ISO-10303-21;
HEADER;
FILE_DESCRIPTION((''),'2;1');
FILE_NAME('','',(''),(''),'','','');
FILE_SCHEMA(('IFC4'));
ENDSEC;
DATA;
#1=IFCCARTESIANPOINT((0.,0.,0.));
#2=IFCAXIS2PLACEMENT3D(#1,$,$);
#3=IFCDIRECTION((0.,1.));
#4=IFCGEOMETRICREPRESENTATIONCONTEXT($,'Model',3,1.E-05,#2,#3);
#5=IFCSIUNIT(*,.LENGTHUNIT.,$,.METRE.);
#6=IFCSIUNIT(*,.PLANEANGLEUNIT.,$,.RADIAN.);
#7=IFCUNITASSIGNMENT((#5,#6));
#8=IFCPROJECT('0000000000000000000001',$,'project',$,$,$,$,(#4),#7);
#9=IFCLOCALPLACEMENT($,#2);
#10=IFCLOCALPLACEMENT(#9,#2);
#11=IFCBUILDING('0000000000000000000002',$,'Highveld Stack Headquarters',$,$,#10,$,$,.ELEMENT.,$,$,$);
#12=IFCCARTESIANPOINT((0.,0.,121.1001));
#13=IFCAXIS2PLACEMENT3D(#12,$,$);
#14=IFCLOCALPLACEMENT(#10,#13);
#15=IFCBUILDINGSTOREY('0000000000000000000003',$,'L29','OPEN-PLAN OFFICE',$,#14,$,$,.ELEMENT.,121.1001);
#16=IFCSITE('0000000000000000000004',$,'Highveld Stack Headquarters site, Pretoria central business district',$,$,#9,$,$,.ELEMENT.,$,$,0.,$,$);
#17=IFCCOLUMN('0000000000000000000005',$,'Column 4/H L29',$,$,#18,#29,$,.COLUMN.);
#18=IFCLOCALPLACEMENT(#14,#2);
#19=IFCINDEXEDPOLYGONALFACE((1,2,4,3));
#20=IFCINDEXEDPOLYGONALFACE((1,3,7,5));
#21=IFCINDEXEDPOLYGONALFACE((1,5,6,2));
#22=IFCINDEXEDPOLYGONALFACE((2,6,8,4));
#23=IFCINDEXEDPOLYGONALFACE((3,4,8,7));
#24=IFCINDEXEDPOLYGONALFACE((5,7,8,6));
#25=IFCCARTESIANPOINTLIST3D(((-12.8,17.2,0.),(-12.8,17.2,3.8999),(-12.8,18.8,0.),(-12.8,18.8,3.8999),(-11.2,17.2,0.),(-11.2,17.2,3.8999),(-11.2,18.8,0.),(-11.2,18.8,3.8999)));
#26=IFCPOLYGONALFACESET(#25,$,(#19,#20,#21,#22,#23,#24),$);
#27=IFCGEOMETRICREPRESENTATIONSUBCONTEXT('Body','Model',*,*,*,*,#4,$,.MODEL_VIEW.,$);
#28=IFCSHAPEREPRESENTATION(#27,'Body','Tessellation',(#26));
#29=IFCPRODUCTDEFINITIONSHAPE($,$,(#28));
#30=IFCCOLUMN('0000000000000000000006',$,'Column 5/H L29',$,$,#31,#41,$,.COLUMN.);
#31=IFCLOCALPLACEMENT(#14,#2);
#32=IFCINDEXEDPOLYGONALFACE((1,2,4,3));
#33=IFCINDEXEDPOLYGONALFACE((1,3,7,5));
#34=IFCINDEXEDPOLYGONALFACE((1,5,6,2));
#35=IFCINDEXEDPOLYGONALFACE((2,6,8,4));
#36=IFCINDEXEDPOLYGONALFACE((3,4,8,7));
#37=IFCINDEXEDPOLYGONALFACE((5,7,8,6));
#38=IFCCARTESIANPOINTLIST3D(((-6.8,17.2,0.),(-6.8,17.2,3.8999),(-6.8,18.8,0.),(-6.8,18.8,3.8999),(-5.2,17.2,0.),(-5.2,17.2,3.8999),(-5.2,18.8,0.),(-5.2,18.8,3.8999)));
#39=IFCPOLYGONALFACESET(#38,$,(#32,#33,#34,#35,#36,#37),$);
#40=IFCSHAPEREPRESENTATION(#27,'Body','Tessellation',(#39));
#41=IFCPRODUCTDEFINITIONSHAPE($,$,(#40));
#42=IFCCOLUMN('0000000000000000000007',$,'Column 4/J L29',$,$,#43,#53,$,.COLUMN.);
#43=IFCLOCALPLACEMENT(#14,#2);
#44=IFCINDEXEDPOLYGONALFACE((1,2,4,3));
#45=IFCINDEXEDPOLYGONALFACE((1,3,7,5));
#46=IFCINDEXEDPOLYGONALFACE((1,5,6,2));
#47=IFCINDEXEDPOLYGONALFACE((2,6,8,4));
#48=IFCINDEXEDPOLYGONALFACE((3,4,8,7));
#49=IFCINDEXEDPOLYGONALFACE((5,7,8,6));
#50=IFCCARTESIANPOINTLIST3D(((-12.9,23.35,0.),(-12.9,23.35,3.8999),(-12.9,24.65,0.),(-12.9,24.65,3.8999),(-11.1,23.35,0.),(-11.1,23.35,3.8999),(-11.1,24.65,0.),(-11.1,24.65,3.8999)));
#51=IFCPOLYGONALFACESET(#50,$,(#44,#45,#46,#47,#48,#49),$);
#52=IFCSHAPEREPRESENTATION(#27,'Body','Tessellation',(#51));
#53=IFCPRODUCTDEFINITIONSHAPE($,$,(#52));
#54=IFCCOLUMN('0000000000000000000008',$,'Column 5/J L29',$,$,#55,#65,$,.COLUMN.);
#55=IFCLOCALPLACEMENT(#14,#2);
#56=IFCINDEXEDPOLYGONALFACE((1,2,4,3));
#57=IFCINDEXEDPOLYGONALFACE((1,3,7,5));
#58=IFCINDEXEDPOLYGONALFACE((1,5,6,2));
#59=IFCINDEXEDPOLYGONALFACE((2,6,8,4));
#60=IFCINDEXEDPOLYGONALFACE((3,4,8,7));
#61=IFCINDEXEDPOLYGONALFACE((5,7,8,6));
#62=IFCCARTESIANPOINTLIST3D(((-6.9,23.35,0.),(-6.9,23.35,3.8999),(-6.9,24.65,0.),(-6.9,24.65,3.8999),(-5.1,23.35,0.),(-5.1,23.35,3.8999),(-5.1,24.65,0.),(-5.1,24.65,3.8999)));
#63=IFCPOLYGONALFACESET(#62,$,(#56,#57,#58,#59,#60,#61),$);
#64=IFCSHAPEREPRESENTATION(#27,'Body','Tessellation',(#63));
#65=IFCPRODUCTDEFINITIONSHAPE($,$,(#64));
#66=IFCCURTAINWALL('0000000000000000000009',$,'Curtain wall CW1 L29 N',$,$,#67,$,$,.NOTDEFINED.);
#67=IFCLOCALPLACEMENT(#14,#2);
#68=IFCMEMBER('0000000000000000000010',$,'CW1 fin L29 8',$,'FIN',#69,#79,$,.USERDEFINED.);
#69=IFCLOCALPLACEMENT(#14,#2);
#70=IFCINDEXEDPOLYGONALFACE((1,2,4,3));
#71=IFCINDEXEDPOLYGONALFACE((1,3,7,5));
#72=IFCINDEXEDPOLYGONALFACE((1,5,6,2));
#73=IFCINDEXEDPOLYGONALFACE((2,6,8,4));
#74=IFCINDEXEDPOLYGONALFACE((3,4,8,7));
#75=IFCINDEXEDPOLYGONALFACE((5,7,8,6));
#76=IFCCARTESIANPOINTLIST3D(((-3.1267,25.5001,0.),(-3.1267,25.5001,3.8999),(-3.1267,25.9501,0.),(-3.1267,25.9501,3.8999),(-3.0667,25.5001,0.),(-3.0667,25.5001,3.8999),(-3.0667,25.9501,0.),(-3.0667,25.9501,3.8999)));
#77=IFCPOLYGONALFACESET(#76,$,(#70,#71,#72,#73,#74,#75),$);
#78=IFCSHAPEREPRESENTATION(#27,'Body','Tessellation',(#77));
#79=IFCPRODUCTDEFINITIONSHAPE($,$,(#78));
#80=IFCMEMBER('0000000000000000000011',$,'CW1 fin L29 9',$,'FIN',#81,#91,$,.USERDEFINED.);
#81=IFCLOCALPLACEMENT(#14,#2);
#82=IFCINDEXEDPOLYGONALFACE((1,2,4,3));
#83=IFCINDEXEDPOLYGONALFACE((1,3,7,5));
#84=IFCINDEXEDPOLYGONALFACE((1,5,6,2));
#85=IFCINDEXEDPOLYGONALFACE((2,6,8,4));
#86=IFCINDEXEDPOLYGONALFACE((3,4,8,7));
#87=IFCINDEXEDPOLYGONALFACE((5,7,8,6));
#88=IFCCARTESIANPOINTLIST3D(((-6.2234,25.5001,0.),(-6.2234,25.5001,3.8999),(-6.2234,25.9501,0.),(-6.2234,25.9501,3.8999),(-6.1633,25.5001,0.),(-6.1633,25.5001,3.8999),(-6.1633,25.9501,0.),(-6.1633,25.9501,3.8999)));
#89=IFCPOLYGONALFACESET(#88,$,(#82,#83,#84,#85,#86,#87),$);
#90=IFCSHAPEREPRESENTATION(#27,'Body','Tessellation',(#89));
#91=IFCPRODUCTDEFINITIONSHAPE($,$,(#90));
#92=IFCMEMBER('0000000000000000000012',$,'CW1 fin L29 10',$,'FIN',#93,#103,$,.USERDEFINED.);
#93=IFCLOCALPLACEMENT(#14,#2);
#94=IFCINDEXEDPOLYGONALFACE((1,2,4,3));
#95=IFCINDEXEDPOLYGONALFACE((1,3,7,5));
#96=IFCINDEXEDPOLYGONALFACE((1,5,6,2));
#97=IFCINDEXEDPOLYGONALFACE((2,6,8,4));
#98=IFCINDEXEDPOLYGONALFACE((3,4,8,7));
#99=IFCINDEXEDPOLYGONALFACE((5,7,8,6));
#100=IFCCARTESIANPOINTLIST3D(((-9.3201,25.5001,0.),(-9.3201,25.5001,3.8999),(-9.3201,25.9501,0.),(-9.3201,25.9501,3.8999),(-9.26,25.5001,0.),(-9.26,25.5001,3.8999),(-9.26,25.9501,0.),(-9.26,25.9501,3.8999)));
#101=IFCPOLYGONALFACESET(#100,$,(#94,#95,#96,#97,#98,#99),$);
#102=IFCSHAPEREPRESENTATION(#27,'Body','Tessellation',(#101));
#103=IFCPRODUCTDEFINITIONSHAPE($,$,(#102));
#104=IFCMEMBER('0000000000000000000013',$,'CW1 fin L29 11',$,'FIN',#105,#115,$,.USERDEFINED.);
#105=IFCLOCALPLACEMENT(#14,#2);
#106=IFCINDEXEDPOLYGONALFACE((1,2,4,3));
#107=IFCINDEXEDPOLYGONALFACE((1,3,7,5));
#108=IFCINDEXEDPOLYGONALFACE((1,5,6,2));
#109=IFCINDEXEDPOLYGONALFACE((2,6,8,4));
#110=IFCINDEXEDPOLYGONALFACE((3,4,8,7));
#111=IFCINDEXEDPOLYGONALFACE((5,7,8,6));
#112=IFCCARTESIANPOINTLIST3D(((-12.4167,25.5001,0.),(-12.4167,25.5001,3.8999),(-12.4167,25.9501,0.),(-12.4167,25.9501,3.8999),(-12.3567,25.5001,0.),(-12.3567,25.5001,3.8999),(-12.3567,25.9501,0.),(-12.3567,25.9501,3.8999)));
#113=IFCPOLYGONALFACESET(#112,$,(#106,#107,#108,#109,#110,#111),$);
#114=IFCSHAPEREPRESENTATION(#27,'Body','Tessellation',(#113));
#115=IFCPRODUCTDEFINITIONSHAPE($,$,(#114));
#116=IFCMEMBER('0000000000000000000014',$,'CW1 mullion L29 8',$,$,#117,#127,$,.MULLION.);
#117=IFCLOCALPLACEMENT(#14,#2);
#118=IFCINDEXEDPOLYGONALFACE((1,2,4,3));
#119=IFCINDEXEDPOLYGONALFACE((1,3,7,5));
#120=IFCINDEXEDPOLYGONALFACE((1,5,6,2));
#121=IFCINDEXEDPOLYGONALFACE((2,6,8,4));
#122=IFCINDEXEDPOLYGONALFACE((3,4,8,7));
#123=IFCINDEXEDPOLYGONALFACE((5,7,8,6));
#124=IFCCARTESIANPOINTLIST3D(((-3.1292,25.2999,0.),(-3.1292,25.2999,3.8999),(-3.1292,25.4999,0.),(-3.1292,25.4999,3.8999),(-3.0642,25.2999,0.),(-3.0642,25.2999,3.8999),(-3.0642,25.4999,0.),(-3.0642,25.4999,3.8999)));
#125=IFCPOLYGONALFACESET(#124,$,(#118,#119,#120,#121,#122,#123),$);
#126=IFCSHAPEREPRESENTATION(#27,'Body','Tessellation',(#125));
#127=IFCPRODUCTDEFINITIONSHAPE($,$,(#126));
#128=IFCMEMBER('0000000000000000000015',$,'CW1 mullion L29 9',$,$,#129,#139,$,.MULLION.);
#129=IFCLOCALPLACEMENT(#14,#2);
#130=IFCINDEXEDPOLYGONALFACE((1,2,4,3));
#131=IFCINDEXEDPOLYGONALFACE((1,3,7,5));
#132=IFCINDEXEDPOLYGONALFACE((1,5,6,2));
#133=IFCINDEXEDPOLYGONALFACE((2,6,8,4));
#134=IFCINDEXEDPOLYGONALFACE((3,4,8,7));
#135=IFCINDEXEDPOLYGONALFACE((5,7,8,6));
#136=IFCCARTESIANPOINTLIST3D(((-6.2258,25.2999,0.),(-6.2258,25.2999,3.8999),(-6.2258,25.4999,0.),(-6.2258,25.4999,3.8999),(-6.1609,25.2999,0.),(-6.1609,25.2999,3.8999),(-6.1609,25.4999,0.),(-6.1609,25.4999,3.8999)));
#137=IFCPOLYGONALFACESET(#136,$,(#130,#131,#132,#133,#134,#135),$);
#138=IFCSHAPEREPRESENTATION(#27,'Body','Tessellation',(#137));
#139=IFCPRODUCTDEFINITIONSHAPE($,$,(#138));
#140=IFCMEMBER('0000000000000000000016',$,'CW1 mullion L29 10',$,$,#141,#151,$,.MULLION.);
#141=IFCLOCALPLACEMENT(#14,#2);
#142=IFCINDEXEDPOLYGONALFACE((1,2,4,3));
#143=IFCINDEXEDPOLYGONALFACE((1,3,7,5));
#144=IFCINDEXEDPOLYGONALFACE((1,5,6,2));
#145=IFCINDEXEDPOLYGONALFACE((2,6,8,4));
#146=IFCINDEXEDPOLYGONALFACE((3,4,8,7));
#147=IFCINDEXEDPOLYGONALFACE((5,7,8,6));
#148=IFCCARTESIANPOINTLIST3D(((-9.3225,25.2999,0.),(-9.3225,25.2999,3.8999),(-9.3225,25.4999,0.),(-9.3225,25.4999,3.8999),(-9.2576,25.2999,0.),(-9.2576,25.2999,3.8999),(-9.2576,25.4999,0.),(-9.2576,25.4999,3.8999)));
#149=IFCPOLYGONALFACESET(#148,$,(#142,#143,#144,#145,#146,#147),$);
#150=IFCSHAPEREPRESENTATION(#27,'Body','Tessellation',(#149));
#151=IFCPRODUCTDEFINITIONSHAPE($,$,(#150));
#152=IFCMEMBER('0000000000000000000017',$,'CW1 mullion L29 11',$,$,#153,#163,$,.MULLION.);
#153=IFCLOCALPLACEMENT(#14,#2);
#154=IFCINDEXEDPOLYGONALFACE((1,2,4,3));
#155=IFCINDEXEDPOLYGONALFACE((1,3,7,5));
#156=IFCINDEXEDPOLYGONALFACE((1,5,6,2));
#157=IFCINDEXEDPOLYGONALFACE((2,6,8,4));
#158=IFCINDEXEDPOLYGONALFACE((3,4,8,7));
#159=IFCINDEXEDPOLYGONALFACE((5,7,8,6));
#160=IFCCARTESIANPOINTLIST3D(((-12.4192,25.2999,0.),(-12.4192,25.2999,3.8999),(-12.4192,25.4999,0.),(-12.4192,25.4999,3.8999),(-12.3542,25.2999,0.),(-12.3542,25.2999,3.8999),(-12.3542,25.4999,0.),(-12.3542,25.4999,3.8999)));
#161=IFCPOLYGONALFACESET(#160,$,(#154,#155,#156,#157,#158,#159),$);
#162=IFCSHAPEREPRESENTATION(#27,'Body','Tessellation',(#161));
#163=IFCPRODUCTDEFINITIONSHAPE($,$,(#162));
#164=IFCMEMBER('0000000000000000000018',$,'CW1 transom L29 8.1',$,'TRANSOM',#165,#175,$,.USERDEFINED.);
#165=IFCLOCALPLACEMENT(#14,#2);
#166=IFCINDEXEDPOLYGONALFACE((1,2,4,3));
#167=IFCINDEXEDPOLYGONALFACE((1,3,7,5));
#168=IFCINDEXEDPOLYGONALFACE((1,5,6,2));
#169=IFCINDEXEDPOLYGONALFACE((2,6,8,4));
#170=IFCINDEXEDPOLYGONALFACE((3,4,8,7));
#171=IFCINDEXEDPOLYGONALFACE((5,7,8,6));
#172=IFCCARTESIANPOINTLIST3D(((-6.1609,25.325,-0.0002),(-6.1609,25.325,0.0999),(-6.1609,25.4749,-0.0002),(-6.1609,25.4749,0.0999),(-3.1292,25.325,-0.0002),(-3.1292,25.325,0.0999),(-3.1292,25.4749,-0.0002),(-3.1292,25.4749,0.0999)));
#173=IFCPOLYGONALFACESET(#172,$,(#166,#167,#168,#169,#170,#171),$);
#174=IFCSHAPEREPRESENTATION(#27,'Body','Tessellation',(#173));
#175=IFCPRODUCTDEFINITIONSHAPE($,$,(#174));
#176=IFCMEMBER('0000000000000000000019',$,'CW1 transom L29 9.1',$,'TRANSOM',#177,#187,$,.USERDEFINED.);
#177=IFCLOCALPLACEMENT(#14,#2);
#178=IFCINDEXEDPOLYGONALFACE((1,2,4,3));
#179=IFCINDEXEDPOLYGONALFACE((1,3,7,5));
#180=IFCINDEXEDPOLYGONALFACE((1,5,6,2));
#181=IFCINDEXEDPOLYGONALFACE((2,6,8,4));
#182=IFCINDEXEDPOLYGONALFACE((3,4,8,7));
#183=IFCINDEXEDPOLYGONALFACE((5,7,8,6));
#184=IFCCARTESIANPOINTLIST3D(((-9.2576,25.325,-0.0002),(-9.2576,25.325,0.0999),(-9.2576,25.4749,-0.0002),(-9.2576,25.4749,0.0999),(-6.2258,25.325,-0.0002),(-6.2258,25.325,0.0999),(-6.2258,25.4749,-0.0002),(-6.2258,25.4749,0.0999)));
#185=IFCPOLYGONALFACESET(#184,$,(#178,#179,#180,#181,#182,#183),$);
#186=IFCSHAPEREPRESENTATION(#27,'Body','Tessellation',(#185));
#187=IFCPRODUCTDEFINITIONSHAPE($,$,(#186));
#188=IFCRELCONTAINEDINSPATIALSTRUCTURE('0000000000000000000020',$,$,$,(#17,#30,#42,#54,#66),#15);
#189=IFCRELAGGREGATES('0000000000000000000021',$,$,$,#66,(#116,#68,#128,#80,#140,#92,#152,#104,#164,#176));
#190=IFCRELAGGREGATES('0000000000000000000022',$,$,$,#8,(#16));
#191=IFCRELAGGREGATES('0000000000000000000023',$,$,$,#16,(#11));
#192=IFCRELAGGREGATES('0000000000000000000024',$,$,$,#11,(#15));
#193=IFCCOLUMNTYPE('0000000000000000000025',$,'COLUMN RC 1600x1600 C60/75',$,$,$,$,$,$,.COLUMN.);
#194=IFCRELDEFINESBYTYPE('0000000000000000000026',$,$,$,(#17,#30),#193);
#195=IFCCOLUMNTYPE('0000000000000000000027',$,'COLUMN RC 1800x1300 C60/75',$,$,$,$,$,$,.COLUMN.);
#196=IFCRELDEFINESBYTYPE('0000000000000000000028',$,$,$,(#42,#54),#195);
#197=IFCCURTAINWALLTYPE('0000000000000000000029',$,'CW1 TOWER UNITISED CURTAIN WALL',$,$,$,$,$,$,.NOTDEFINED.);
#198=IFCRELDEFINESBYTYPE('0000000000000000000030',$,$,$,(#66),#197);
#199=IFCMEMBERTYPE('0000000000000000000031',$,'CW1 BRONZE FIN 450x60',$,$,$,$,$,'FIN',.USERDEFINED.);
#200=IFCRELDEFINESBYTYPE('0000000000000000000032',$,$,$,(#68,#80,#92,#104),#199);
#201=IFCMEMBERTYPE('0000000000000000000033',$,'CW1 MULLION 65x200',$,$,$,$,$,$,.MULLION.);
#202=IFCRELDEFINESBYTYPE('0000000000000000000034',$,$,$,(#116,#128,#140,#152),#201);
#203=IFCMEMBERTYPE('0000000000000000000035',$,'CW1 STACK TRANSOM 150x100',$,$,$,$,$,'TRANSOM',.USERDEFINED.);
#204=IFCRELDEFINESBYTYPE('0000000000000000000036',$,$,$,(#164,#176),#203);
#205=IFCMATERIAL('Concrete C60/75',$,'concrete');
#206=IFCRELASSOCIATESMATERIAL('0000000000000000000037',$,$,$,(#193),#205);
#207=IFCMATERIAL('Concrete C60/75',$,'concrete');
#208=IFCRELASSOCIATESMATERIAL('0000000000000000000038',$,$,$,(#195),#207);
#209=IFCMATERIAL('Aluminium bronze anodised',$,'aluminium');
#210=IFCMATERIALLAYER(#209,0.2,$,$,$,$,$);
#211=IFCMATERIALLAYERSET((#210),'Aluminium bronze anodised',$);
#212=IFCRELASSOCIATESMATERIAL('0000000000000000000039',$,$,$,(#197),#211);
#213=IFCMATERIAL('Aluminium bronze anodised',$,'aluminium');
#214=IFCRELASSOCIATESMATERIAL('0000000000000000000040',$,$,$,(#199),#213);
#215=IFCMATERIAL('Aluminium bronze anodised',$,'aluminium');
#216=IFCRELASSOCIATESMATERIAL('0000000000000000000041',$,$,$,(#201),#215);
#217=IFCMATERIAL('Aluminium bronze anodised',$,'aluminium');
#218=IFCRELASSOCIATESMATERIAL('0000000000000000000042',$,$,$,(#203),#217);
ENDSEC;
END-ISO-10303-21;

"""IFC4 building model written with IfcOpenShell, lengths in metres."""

from ifc_helpers import new_model, si_unit, direction, frame, origin, origin_2d, place, context, subcontext, project, spatial, rectangle, extrude, material, layer, layer_set, material_profile, profile_set, type_object, element, aggregate, save


model = new_model("IFC4")

# Units and contexts
model_context = context("Model", 3, precision=1e-05, world=origin(), true_north=direction((0.0, 1.0)))
body_context = subcontext(model_context, "Body", "Model", "MODEL_VIEW")
ifc_project = project(units=[si_unit("LENGTHUNIT", "METRE"), si_unit("PLANEANGLEUNIT", "RADIAN")], contexts=[model_context])

# Site, building, storey
site_placement = place(None, origin())
site = spatial("IfcSite", under=ifc_project, at=site_placement, Name="Highveld Stack Headquarters site, Pretoria central business district", CompositionType="ELEMENT", RefElevation=0.0)
building_placement = place(site_placement, origin())
building = spatial("IfcBuilding", under=site, at=building_placement, Name="Highveld Stack Headquarters", CompositionType="ELEMENT")
storey_placement = place(building_placement, frame((0.0, 0.0, 121.1001)))
storey = spatial("IfcBuildingStorey", under=building, at=storey_placement, Name="L29", Description="OPEN-PLAN OFFICE", CompositionType="ELEMENT", Elevation=121.1001)

# Columns
ifc_material_1 = material(Name="Concrete C60/75", Category="concrete")
ifc_material_profile_1 = material_profile(ifc_material_1, rectangle(XDim=1.6001, YDim=1.6001, at=origin_2d()), Name="RC 1600x1600")
ifc_profile_set_1 = profile_set([ifc_material_profile_1], Name="Concrete C60/75")
column_type_1 = type_object("IfcColumnType", Name="COLUMN RC 1600x1600 C60/75", PredefinedType="COLUMN", material=ifc_profile_set_1)
for number, where, z_axis, x_axis, name in (
    (1, (-12.0, 18.0, 0.0), (0.0, 0.0, 1.0), (1.0, 0.0, 0.0), "Column 4/H L29"),
    (2, (-6.0, 18.0, 0.0), (0.0, 0.0, 1.0), (1.0, 0.0, 0.0), "Column 5/H L29"),
):
    element("IfcColumn", number, at=place(storey_placement, frame(where, z_axis=z_axis, x_axis=x_axis)), inside=storey, type_object=column_type_1, Name=name, PredefinedType="COLUMN", context=body_context, shape_type="SweptSolid", body=[
        extrude(rectangle(XDim=1.6001, YDim=1.6001, at=origin_2d()), origin(), (0.0, 0.0, 1.0), 3.8999),
    ])
ifc_material_2 = material(Name="Concrete C60/75", Category="concrete")
ifc_material_profile_2 = material_profile(ifc_material_2, rectangle(XDim=1.8, YDim=1.3, at=origin_2d()), Name="RC 1800x1300")
ifc_profile_set_2 = profile_set([ifc_material_profile_2], Name="Concrete C60/75")
column_type_2 = type_object("IfcColumnType", Name="COLUMN RC 1800x1300 C60/75", PredefinedType="COLUMN", material=ifc_profile_set_2)
for number, where, z_axis, x_axis, name in (
    (3, (-12.0, 24.0, 0.0), (0.0, 0.0, 1.0), (1.0, 0.0, 0.0), "Column 4/J L29"),
    (4, (-6.0, 24.0, 0.0), (0.0, 0.0, 1.0), (1.0, 0.0, 0.0), "Column 5/J L29"),
):
    element("IfcColumn", number, at=place(storey_placement, frame(where, z_axis=z_axis, x_axis=x_axis)), inside=storey, type_object=column_type_2, Name=name, PredefinedType="COLUMN", context=body_context, shape_type="SweptSolid", body=[
        extrude(rectangle(XDim=1.8, YDim=1.3, at=origin_2d()), origin(), (0.0, 0.0, 1.0), 3.8999),
    ])

# Curtain wall, members
ifc_material_3 = material(Name="Aluminium bronze anodised", Category="aluminium")
ifc_layer_1 = layer(ifc_material_3, 0.2)
ifc_layer_set_1 = layer_set([ifc_layer_1], Name="Aluminium bronze anodised")
curtain_wall_type = type_object("IfcCurtainWallType", Name="CW1 TOWER UNITISED CURTAIN WALL", PredefinedType="NOTDEFINED", material=ifc_layer_set_1)
curtain_wall_placement = place(storey_placement, origin())
curtain_wall = element("IfcCurtainWall", 5, at=curtain_wall_placement, inside=storey, type_object=curtain_wall_type, Name="Curtain wall CW1 L29 N", PredefinedType="NOTDEFINED")
ifc_material_4 = material(Name="Aluminium bronze anodised", Category="aluminium")
ifc_material_profile_3 = material_profile(ifc_material_4, rectangle(XDim=0.45, YDim=0.0601, at=origin_2d()), Name="FIN 450x60")
ifc_profile_set_3 = profile_set([ifc_material_profile_3], Name="Aluminium bronze anodised")
member_type_1 = type_object("IfcMemberType", Name="CW1 BRONZE FIN 450x60", ElementType="FIN", PredefinedType="USERDEFINED", material=ifc_profile_set_3)
member_1_placement = place(storey_placement, frame((-3.0967, 25.7251, 0.0), z_axis=(0.0, 0.0, 1.0), x_axis=(0.0, -1.0, 0.0)))
member_1 = element("IfcMember", 6, at=member_1_placement, type_object=member_type_1, Name="CW1 fin L29 8", ObjectType="FIN", PredefinedType="USERDEFINED", context=body_context, shape_type="SweptSolid", body=[
    extrude(rectangle(XDim=0.45, YDim=0.0601, at=origin_2d()), origin(), (0.0, 0.0, 1.0), 3.8999),
])
member_2_placement = place(storey_placement, frame((-6.1934, 25.7251, 0.0), z_axis=(0.0, 0.0, 1.0), x_axis=(0.0, -1.0, 0.0)))
member_2 = element("IfcMember", 7, at=member_2_placement, type_object=member_type_1, Name="CW1 fin L29 9", ObjectType="FIN", PredefinedType="USERDEFINED", context=body_context, shape_type="SweptSolid", body=[
    extrude(rectangle(XDim=0.45, YDim=0.0601, at=origin_2d()), origin(), (0.0, 0.0, 1.0), 3.8999),
])
member_3_placement = place(storey_placement, frame((-9.29, 25.7251, 0.0), z_axis=(0.0, 0.0, 1.0), x_axis=(0.0, -1.0, 0.0)))
member_3 = element("IfcMember", 8, at=member_3_placement, type_object=member_type_1, Name="CW1 fin L29 10", ObjectType="FIN", PredefinedType="USERDEFINED", context=body_context, shape_type="SweptSolid", body=[
    extrude(rectangle(XDim=0.45, YDim=0.0601, at=origin_2d()), origin(), (0.0, 0.0, 1.0), 3.8999),
])
member_4_placement = place(storey_placement, frame((-12.3867, 25.7251, 0.0), z_axis=(0.0, 0.0, 1.0), x_axis=(0.0, -1.0, 0.0)))
member_4 = element("IfcMember", 9, at=member_4_placement, type_object=member_type_1, Name="CW1 fin L29 11", ObjectType="FIN", PredefinedType="USERDEFINED", context=body_context, shape_type="SweptSolid", body=[
    extrude(rectangle(XDim=0.45, YDim=0.0601, at=origin_2d()), origin(), (0.0, 0.0, 1.0), 3.8999),
])
ifc_material_5 = material(Name="Aluminium bronze anodised", Category="aluminium")
ifc_material_profile_4 = material_profile(ifc_material_5, rectangle(XDim=0.2, YDim=0.0649, at=origin_2d()), Name="CW1 MULLION 65x200")
ifc_profile_set_4 = profile_set([ifc_material_profile_4], Name="Aluminium bronze anodised")
member_type_2 = type_object("IfcMemberType", Name="CW1 MULLION 65x200", PredefinedType="MULLION", material=ifc_profile_set_4)
member_5_placement = place(storey_placement, frame((-3.0967, 25.3999, 0.0), z_axis=(0.0, 0.0, 1.0), x_axis=(0.0, -1.0, 0.0)))
member_5 = element("IfcMember", 10, at=member_5_placement, type_object=member_type_2, Name="CW1 mullion L29 8", PredefinedType="MULLION", context=body_context, shape_type="SweptSolid", body=[
    extrude(rectangle(XDim=0.2, YDim=0.0649, at=origin_2d()), origin(), (0.0, 0.0, 1.0), 3.8999),
])
member_6_placement = place(storey_placement, frame((-6.1934, 25.3999, 0.0), z_axis=(0.0, 0.0, 1.0), x_axis=(0.0, -1.0, 0.0)))
member_6 = element("IfcMember", 11, at=member_6_placement, type_object=member_type_2, Name="CW1 mullion L29 9", PredefinedType="MULLION", context=body_context, shape_type="SweptSolid", body=[
    extrude(rectangle(XDim=0.2, YDim=0.0649, at=origin_2d()), origin(), (0.0, 0.0, 1.0), 3.8999),
])
member_7_placement = place(storey_placement, frame((-9.29, 25.3999, 0.0), z_axis=(0.0, 0.0, 1.0), x_axis=(0.0, -1.0, 0.0)))
member_7 = element("IfcMember", 12, at=member_7_placement, type_object=member_type_2, Name="CW1 mullion L29 10", PredefinedType="MULLION", context=body_context, shape_type="SweptSolid", body=[
    extrude(rectangle(XDim=0.2, YDim=0.0649, at=origin_2d()), origin(), (0.0, 0.0, 1.0), 3.8999),
])
member_8_placement = place(storey_placement, frame((-12.3867, 25.3999, 0.0), z_axis=(0.0, 0.0, 1.0), x_axis=(0.0, -1.0, 0.0)))
member_8 = element("IfcMember", 13, at=member_8_placement, type_object=member_type_2, Name="CW1 mullion L29 11", PredefinedType="MULLION", context=body_context, shape_type="SweptSolid", body=[
    extrude(rectangle(XDim=0.2, YDim=0.0649, at=origin_2d()), origin(), (0.0, 0.0, 1.0), 3.8999),
])
ifc_material_6 = material(Name="Aluminium bronze anodised", Category="aluminium")
ifc_material_profile_5 = material_profile(ifc_material_6, rectangle(XDim=0.1499, YDim=0.1001, at=origin_2d()), Name="CW1 TRANSOM 150x100")
ifc_profile_set_5 = profile_set([ifc_material_profile_5], Name="Aluminium bronze anodised")
member_type_3 = type_object("IfcMemberType", Name="CW1 STACK TRANSOM 150x100", ElementType="TRANSOM", PredefinedType="USERDEFINED", material=ifc_profile_set_5)
member_9_placement = place(storey_placement, frame((-3.1292, 25.3999, 0.0498), z_axis=(-1.0, 0.0, 0.0), x_axis=(0.0, -1.0, 0.0)))
member_9 = element("IfcMember", 14, at=member_9_placement, type_object=member_type_3, Name="CW1 transom L29 8.1", ObjectType="TRANSOM", PredefinedType="USERDEFINED", context=body_context, shape_type="SweptSolid", body=[
    extrude(rectangle(XDim=0.1499, YDim=0.1001, at=origin_2d()), origin(), (0.0, 0.0, 1.0), 3.0317),
])
member_10_placement = place(storey_placement, frame((-6.2258, 25.3999, 0.0498), z_axis=(-1.0, 0.0, 0.0), x_axis=(0.0, -1.0, 0.0)))
member_10 = element("IfcMember", 15, at=member_10_placement, type_object=member_type_3, Name="CW1 transom L29 9.1", ObjectType="TRANSOM", PredefinedType="USERDEFINED", context=body_context, shape_type="SweptSolid", body=[
    extrude(rectangle(XDim=0.1499, YDim=0.1001, at=origin_2d()), origin(), (0.0, 0.0, 1.0), 3.0317),
])
aggregate(curtain_wall, [member_5, member_1, member_6, member_2, member_7, member_3, member_8, member_4, member_9, member_10])

save(model, "model.ifc")
